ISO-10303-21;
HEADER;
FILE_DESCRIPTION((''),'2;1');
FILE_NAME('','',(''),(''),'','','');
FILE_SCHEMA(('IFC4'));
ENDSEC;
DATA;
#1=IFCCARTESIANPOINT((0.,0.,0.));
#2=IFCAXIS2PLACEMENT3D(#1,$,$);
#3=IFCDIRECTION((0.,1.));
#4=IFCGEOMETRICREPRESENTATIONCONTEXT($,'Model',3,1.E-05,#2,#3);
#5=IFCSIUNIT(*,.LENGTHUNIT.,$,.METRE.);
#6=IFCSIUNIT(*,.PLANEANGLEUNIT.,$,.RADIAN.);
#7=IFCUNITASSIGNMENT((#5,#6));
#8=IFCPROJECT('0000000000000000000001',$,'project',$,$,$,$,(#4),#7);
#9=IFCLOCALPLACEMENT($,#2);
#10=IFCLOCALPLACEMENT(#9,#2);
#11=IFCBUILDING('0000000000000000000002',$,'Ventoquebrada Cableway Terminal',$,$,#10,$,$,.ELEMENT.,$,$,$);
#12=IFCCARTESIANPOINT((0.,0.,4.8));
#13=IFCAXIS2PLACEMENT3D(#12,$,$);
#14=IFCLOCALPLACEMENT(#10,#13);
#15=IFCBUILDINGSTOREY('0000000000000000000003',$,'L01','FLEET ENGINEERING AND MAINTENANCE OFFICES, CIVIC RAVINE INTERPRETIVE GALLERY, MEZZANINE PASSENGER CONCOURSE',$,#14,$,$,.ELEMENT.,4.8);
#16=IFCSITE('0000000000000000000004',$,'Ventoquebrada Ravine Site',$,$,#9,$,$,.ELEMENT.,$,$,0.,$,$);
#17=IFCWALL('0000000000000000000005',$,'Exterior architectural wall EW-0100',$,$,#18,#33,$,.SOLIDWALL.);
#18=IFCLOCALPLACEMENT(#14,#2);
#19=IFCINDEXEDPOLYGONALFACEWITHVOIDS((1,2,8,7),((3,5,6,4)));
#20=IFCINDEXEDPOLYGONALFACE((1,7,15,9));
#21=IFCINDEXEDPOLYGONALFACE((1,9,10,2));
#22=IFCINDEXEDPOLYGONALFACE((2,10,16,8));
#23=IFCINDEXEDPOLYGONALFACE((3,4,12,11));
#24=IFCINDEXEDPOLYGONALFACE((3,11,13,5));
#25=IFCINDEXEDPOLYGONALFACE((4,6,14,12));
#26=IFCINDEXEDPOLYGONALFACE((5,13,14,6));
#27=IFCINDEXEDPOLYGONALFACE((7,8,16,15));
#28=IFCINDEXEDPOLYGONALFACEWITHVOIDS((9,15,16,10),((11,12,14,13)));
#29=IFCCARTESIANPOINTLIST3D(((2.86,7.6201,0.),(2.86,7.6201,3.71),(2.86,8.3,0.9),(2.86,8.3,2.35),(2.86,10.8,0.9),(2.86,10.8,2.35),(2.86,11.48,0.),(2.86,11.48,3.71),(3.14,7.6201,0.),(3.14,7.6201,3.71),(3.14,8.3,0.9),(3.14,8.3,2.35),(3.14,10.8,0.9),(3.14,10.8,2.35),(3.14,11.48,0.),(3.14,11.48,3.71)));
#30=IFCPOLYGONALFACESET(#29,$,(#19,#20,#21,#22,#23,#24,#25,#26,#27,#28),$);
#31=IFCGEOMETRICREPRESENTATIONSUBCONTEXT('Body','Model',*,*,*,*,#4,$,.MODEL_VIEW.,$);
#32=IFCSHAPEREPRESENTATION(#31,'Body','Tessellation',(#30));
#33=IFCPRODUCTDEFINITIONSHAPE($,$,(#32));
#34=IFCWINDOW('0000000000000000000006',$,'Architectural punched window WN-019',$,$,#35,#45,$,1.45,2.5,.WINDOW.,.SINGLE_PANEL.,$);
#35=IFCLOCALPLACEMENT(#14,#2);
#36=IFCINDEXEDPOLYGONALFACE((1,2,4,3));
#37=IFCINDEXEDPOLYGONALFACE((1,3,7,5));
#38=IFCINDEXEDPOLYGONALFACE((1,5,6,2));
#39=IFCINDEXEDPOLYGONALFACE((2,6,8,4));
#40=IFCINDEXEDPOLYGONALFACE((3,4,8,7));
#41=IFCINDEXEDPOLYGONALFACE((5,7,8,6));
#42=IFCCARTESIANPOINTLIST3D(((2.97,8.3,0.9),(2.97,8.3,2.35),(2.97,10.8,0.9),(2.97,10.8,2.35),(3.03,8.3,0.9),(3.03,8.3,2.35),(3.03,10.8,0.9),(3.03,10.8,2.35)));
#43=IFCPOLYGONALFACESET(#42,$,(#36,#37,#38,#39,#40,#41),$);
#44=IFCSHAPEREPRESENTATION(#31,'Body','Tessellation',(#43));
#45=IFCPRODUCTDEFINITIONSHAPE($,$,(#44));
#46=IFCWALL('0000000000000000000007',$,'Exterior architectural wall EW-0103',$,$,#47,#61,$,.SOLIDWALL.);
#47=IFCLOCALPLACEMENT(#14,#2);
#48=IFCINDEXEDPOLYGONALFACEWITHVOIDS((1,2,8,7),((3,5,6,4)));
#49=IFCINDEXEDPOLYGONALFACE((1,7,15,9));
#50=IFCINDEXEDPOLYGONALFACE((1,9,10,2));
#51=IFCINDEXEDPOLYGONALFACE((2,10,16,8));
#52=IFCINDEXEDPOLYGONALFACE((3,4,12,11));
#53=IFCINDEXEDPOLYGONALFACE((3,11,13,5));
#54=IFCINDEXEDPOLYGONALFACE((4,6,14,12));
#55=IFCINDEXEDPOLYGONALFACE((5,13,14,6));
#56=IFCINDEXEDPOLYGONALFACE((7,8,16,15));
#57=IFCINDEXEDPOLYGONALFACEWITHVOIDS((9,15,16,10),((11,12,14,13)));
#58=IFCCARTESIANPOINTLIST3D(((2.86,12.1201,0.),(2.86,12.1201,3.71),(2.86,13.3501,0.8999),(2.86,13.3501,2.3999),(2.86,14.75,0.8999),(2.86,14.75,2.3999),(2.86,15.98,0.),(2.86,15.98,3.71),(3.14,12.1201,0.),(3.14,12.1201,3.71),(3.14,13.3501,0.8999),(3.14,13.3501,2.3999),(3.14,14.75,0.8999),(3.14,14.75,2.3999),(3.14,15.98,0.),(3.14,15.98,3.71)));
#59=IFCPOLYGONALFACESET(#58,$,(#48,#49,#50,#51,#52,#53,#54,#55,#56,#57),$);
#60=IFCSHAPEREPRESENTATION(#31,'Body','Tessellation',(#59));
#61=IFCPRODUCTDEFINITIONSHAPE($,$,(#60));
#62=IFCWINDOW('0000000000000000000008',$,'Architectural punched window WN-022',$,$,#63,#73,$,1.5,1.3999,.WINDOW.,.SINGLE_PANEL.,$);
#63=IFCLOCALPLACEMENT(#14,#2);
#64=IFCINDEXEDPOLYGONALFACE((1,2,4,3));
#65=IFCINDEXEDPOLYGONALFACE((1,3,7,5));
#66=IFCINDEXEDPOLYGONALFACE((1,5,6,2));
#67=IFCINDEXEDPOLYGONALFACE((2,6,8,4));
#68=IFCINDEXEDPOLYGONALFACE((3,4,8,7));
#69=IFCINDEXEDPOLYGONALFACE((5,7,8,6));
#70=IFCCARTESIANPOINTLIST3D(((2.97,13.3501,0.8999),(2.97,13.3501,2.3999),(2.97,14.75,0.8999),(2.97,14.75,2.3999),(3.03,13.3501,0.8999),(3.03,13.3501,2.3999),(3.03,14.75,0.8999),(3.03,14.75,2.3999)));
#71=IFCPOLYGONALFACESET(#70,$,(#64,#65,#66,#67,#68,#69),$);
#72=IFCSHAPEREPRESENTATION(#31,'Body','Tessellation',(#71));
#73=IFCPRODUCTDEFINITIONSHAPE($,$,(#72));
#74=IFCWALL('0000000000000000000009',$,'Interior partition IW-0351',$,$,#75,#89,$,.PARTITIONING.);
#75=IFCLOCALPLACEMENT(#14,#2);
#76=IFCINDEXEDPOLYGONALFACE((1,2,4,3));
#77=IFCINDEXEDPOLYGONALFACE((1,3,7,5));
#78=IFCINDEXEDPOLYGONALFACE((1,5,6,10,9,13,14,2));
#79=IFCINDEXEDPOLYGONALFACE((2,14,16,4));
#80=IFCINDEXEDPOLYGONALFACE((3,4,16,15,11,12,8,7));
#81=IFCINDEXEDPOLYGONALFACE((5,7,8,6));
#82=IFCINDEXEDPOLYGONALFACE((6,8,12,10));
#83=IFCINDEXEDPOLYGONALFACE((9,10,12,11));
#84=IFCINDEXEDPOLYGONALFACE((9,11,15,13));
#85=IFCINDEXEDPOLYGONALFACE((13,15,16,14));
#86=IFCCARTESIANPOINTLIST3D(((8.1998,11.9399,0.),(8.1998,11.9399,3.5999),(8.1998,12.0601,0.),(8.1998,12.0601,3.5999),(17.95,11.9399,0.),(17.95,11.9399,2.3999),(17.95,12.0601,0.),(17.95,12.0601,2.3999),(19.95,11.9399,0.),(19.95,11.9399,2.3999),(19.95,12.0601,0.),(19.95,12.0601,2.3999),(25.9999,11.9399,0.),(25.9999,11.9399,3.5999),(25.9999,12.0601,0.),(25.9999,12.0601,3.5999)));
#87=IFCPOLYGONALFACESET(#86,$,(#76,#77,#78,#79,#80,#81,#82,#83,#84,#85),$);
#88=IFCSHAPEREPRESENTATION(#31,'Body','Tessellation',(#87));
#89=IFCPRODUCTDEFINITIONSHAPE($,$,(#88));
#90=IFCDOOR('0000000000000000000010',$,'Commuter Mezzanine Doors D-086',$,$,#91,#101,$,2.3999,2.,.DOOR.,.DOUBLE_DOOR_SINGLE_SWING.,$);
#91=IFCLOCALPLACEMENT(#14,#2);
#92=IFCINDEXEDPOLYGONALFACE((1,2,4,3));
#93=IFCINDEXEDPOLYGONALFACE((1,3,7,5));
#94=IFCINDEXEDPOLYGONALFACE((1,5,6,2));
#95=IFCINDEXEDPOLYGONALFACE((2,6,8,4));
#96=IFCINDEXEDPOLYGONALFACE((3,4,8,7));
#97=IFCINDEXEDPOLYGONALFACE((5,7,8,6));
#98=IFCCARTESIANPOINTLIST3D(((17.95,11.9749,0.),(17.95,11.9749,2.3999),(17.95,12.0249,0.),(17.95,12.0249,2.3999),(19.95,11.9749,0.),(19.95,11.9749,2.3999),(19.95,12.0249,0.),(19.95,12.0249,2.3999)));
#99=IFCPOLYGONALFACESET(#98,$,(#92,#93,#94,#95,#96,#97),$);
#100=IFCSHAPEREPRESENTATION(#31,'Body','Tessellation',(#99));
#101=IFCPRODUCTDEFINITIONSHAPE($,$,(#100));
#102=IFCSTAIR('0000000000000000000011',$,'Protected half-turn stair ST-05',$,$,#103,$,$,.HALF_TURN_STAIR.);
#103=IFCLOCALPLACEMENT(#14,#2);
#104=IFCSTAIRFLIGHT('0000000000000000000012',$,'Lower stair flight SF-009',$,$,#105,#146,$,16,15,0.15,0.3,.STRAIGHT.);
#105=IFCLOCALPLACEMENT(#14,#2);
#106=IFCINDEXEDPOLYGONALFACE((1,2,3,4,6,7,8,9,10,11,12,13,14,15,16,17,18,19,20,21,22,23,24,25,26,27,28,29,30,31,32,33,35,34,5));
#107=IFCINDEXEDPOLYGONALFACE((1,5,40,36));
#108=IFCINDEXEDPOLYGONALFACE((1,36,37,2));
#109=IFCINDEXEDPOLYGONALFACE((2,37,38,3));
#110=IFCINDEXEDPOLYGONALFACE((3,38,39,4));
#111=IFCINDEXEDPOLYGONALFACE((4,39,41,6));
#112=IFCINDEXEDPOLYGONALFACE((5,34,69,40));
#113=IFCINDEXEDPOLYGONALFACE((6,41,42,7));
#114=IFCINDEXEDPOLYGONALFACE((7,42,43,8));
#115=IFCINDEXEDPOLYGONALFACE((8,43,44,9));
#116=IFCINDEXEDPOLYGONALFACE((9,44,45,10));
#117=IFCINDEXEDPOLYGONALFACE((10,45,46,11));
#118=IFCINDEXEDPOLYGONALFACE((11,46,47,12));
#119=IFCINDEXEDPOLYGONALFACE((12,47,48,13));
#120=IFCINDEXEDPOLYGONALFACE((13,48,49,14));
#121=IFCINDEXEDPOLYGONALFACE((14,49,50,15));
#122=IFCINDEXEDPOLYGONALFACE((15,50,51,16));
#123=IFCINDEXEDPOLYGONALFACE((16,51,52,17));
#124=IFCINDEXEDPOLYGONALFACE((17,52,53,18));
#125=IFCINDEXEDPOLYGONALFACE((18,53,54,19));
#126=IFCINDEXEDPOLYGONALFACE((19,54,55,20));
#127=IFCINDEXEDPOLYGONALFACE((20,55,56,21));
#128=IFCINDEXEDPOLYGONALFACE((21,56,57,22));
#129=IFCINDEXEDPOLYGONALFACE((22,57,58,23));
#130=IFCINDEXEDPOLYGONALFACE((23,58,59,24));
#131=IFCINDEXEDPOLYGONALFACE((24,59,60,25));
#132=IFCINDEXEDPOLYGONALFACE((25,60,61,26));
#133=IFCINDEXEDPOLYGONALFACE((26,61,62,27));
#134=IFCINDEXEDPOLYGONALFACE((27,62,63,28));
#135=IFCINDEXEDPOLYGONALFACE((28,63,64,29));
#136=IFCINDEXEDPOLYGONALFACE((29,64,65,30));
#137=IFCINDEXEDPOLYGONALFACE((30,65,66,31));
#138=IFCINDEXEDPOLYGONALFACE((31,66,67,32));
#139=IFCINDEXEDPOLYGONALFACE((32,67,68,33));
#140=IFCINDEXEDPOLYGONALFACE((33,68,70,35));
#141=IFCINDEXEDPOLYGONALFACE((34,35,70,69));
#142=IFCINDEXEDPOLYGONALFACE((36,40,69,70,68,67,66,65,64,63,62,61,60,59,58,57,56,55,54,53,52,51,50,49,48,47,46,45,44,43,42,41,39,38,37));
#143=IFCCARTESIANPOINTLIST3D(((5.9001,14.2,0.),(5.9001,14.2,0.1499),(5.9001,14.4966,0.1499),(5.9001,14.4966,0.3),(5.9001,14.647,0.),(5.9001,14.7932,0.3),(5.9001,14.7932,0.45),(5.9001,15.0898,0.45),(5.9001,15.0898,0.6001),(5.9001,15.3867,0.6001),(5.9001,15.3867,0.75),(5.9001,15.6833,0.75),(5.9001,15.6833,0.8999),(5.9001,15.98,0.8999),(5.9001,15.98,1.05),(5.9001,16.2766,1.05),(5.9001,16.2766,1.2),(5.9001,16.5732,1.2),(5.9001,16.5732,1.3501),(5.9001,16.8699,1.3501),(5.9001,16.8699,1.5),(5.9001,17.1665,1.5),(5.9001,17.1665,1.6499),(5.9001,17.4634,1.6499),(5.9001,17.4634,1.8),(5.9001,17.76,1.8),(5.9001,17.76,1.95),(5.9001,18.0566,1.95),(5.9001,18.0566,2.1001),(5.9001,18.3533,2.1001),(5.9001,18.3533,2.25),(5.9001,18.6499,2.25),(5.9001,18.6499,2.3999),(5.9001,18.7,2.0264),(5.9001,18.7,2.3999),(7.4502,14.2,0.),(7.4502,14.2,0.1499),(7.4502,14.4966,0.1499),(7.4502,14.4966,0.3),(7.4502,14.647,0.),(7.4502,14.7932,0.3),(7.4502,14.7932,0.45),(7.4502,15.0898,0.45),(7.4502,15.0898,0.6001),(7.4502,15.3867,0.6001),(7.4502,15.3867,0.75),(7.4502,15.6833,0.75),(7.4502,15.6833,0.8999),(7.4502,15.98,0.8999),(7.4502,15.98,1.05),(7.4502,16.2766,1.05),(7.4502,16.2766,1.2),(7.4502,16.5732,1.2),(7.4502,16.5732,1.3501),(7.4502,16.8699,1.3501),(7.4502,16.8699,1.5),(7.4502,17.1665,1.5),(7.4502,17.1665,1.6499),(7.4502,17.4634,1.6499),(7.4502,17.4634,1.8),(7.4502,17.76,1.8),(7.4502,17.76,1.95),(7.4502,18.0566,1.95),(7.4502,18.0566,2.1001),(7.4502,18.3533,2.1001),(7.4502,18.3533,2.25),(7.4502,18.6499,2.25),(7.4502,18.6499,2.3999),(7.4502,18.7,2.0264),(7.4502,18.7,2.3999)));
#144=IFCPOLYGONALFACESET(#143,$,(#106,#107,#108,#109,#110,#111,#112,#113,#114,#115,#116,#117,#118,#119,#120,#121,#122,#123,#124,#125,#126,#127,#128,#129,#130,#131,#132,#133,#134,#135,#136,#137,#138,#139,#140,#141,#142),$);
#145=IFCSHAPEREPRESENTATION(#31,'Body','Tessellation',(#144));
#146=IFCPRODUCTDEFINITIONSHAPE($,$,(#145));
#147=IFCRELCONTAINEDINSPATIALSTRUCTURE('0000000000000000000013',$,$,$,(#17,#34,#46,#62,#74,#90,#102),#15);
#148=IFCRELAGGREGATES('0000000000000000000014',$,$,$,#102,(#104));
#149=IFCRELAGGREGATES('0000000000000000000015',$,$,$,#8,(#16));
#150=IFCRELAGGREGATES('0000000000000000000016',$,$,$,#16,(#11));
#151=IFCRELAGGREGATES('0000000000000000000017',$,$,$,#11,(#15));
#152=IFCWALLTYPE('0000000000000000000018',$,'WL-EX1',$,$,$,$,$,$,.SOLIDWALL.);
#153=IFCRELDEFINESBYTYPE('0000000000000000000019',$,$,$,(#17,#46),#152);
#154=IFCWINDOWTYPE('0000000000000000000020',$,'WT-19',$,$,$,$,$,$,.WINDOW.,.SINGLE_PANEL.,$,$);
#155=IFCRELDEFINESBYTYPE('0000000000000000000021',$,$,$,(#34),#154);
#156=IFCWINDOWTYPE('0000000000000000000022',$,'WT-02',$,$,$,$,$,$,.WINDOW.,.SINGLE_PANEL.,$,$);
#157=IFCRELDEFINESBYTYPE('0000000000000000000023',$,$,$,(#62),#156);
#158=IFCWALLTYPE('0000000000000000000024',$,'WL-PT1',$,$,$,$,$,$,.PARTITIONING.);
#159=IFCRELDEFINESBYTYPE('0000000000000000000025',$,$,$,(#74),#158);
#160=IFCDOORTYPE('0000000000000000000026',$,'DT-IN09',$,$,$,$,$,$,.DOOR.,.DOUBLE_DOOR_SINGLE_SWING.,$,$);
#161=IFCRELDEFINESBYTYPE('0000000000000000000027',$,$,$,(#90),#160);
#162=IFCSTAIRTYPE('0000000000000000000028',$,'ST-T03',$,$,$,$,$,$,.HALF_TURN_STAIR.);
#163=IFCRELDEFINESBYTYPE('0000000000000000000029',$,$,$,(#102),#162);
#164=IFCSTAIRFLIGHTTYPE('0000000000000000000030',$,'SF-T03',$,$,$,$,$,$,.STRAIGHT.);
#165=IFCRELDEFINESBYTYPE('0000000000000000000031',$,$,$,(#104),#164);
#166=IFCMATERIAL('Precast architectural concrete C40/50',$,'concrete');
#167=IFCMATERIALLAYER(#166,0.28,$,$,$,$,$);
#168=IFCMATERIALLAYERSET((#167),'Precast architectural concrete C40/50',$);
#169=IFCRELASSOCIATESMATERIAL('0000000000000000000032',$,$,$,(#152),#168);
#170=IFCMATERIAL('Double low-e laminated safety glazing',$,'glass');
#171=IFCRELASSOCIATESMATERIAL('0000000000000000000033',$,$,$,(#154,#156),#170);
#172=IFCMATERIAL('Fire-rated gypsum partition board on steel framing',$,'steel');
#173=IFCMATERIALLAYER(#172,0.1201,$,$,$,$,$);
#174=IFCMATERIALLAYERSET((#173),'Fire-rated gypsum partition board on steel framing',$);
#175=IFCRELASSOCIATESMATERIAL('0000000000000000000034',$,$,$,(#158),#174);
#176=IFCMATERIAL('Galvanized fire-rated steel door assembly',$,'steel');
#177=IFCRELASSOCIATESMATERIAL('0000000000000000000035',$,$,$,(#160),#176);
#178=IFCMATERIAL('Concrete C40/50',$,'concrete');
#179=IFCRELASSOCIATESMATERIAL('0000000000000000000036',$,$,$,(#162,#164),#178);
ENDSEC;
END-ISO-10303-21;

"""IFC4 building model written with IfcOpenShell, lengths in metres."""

from ifc_helpers import new_model, si_unit, direction, frame, frame_2d, origin, place, context, subcontext, project, spatial, polyline, rectangle, outline, extrude, material, layer, layer_set, type_object, element, fill, aggregate, save


model = new_model("IFC4")

# Units and contexts
model_context = context("Model", 3, precision=1e-05, world=origin(), true_north=direction((0.0, 1.0)))
body_context = subcontext(model_context, "Body", "Model", "MODEL_VIEW")
ifc_project = project(units=[si_unit("LENGTHUNIT", "METRE"), si_unit("PLANEANGLEUNIT", "RADIAN")], contexts=[model_context])

# Site, building, storey
site_placement = place(None, origin())
site = spatial("IfcSite", under=ifc_project, at=site_placement, Name="Ventoquebrada Ravine Site", CompositionType="ELEMENT", RefElevation=0.0)
building_placement = place(site_placement, origin())
building = spatial("IfcBuilding", under=site, at=building_placement, Name="Ventoquebrada Cableway Terminal", CompositionType="ELEMENT")
storey_placement = place(building_placement, frame((0.0, 0.0, 4.8)))
storey = spatial("IfcBuildingStorey", under=building, at=storey_placement, Name="L01", Description="FLEET ENGINEERING AND MAINTENANCE OFFICES, CIVIC RAVINE INTERPRETIVE GALLERY, MEZZANINE PASSENGER CONCOURSE", CompositionType="ELEMENT", Elevation=4.8)

# Shared definitions
ifc_material_1 = material(Name="Concrete C40/50", Category="concrete")

# Shared definitions
ifc_material_2 = material(Name="Galvanized fire-rated steel door assembly", Category="steel")

# Walls, openings, windows
ifc_material_3 = material(Name="Precast architectural concrete C40/50", Category="concrete")
ifc_layer_1 = layer(ifc_material_3, 0.28)
ifc_layer_set_1 = layer_set([ifc_layer_1], Name="Precast architectural concrete C40/50")
wall_type_1 = type_object("IfcWallType", Name="WL-EX1", PredefinedType="SOLIDWALL", material=ifc_layer_set_1)
wall_1_placement = place(storey_placement, frame((3.0, 11.48, 0.0), z_axis=(0.0, 0.0, 1.0), x_axis=(0.0, -1.0, 0.0)))
wall_1 = element("IfcWall", 1, at=wall_1_placement, inside=storey, type_object=wall_type_1, Name="Exterior architectural wall EW-0100", PredefinedType="SOLIDWALL", context=body_context, shape_type="SweptSolid", body=[
    extrude(rectangle(XDim=3.8599, YDim=0.28, at=frame_2d((1.9299, 0.0))), origin(), (0.0, 0.0, 1.0), 3.71),
])
opening_1_placement = place(wall_1_placement, frame((0.6799, 0.0, 0.8999)))
opening_1 = element("IfcOpeningElement", 2, at=opening_1_placement, cuts=wall_1, PredefinedType="OPENING", context=body_context, shape_type="SweptSolid", body=[
    extrude(rectangle(XDim=2.5, YDim=1.45, at=frame_2d((1.25, 0.7251))), frame((0.0, 0.1499, 0.0), z_axis=(0.0, -1.0, 0.0), x_axis=(1.0, 0.0, 0.0)), (0.0, 0.0, 1.0), 0.3),
])
ifc_material_4 = material(Name="Double low-e laminated safety glazing", Category="glass")
window_type_1 = type_object("IfcWindowType", Name="WT-19", PartitioningType="SINGLE_PANEL", PredefinedType="WINDOW", material=ifc_material_4)
window_1_placement = place(opening_1_placement, origin())
window_1 = element("IfcWindow", 3, at=window_1_placement, inside=storey, type_object=window_type_1, Name="Architectural punched window WN-019", OverallHeight=1.45, OverallWidth=2.5, PartitioningType="SINGLE_PANEL", PredefinedType="WINDOW", context=body_context, shape_type="SweptSolid", body=[
    extrude(rectangle(XDim=2.5, YDim=1.45, at=frame_2d((1.25, 0.7251))), frame((0.0, 0.03, 0.0), z_axis=(0.0, -1.0, 0.0), x_axis=(1.0, 0.0, 0.0)), (0.0, 0.0, 1.0), 0.0601),
])
fill(opening_1, window_1)
wall_2_placement = place(storey_placement, frame((3.0, 15.98, 0.0), z_axis=(0.0, 0.0, 1.0), x_axis=(0.0, -1.0, 0.0)))
wall_2 = element("IfcWall", 4, at=wall_2_placement, inside=storey, type_object=wall_type_1, Name="Exterior architectural wall EW-0103", PredefinedType="SOLIDWALL", context=body_context, shape_type="SweptSolid", body=[
    extrude(rectangle(XDim=3.8599, YDim=0.28, at=frame_2d((1.9299, 0.0))), origin(), (0.0, 0.0, 1.0), 3.71),
])
opening_2_placement = place(wall_2_placement, frame((1.23, 0.0, 0.8999)))
opening_2 = element("IfcOpeningElement", 5, at=opening_2_placement, cuts=wall_2, PredefinedType="OPENING", context=body_context, shape_type="SweptSolid", body=[
    extrude(rectangle(XDim=1.3999, YDim=1.5, at=frame_2d((0.7, 0.75))), frame((0.0, 0.1499, 0.0), z_axis=(0.0, -1.0, 0.0), x_axis=(1.0, 0.0, 0.0)), (0.0, 0.0, 1.0), 0.3),
])
window_type_2 = type_object("IfcWindowType", Name="WT-02", PartitioningType="SINGLE_PANEL", PredefinedType="WINDOW", material=ifc_material_4)
window_2_placement = place(opening_2_placement, origin())
window_2 = element("IfcWindow", 6, at=window_2_placement, inside=storey, type_object=window_type_2, Name="Architectural punched window WN-022", OverallHeight=1.5, OverallWidth=1.3999, PartitioningType="SINGLE_PANEL", PredefinedType="WINDOW", context=body_context, shape_type="SweptSolid", body=[
    extrude(rectangle(XDim=1.3999, YDim=1.5, at=frame_2d((0.7, 0.75))), frame((0.0, 0.03, 0.0), z_axis=(0.0, -1.0, 0.0), x_axis=(1.0, 0.0, 0.0)), (0.0, 0.0, 1.0), 0.0601),
])
fill(opening_2, window_2)

# Wall, opening, door
ifc_material_5 = material(Name="Fire-rated gypsum partition board on steel framing", Category="steel")
ifc_layer_2 = layer(ifc_material_5, 0.1201)
ifc_layer_set_2 = layer_set([ifc_layer_2], Name="Fire-rated gypsum partition board on steel framing")
wall_type_2 = type_object("IfcWallType", Name="WL-PT1", PredefinedType="PARTITIONING", material=ifc_layer_set_2)
wall_3_placement = place(storey_placement, frame((8.2, 12.0, 0.0), z_axis=(0.0, 0.0, 1.0), x_axis=(1.0, 0.0, 0.0)))
wall_3 = element("IfcWall", 7, at=wall_3_placement, inside=storey, type_object=wall_type_2, Name="Interior partition IW-0351", PredefinedType="PARTITIONING", context=body_context, shape_type="SweptSolid", body=[
    extrude(rectangle(XDim=17.8, YDim=0.1201, at=frame_2d((8.8999, 0.0))), origin(), (0.0, 0.0, 1.0), 3.5999),
])
opening_3_placement = place(wall_3_placement, frame((9.75, 0.0, 0.0)))
opening_3 = element("IfcOpeningElement", 8, at=opening_3_placement, cuts=wall_3, PredefinedType="OPENING", context=body_context, shape_type="SweptSolid", body=[
    extrude(rectangle(XDim=2.0, YDim=2.3999, at=frame_2d((1.0, 1.2))), frame((0.0, 0.0701, 0.0), z_axis=(0.0, -1.0, 0.0), x_axis=(1.0, 0.0, 0.0)), (0.0, 0.0, 1.0), 0.1401),
])
door_type_1 = type_object("IfcDoorType", Name="DT-IN09", OperationType="DOUBLE_DOOR_SINGLE_SWING", PredefinedType="DOOR", material=ifc_material_2)
door_1_placement = place(opening_3_placement, origin())
door_1 = element("IfcDoor", 9, at=door_1_placement, inside=storey, type_object=door_type_1, Name="Commuter Mezzanine Doors D-086", OperationType="DOUBLE_DOOR_SINGLE_SWING", OverallHeight=2.3999, OverallWidth=2.0, PredefinedType="DOOR", context=body_context, shape_type="SweptSolid", body=[
    extrude(rectangle(XDim=2.0, YDim=2.3999, at=frame_2d((1.0, 1.2))), frame((0.0, 0.0249, 0.0), z_axis=(0.0, -1.0, 0.0), x_axis=(1.0, 0.0, 0.0)), (0.0, 0.0, 1.0), 0.05),
])
fill(opening_3, door_1)

# Stair, stair flight
stair_type = type_object("IfcStairType", Name="ST-T03", PredefinedType="HALF_TURN_STAIR", material=ifc_material_1)
stair_placement = place(storey_placement, origin())
stair = element("IfcStair", 10, at=stair_placement, inside=storey, type_object=stair_type, Name="Protected half-turn stair ST-05", PredefinedType="HALF_TURN_STAIR")
stair_flight_type = type_object("IfcStairFlightType", Name="SF-T03", PredefinedType="STRAIGHT", material=ifc_material_1)
stair_flight_placement = place(storey_placement, frame((6.675, 14.2, 0.0), z_axis=(0.0, 0.0, 1.0), x_axis=(0.0, 1.0, 0.0)))
stair_flight = element("IfcStairFlight", 11, at=stair_flight_placement, type_object=stair_flight_type, Name="Lower stair flight SF-009", NumberOfRisers=16, NumberOfTreads=15, PredefinedType="STRAIGHT", RiserHeight=0.15, TreadLength=0.3, context=body_context, shape_type="SweptSolid", body=[
    extrude(outline(polyline([(0.0, 0.0), (0.0, 0.1499), (0.2966, 0.1499), (0.2966, 0.3), (0.5933, 0.3), (0.5933, 0.45), (0.8899, 0.45), (0.8899, 0.6001), (1.1868, 0.6001), (1.1868, 0.75), (1.4834, 0.75), (1.4834, 0.8999), (1.78, 0.8999), (1.78, 1.05), (2.0767, 1.05), (2.0767, 1.2), (2.3733, 1.2), (2.3733, 1.3501), (2.6699, 1.3501), (2.6699, 1.5), (2.9666, 1.5), (2.9666, 1.6499), (3.2634, 1.6499), (3.2634, 1.8), (3.5601, 1.8), (3.5601, 1.95), (3.8567, 1.95), (3.8567, 2.1001), (4.1533, 2.1001), (4.1533, 2.25), (4.45, 2.25), (4.45, 2.3999), (4.5, 2.3999), (4.5, 2.0264), (0.447, 0.0), (0.0, 0.0)])), frame((0.0, 0.7749, 0.0), z_axis=(0.0, -1.0, 0.0), x_axis=(1.0, 0.0, 0.0)), (0.0, 0.0, 1.0), 1.55),
])
aggregate(stair, [stair_flight])

save(model, "model.ifc")
